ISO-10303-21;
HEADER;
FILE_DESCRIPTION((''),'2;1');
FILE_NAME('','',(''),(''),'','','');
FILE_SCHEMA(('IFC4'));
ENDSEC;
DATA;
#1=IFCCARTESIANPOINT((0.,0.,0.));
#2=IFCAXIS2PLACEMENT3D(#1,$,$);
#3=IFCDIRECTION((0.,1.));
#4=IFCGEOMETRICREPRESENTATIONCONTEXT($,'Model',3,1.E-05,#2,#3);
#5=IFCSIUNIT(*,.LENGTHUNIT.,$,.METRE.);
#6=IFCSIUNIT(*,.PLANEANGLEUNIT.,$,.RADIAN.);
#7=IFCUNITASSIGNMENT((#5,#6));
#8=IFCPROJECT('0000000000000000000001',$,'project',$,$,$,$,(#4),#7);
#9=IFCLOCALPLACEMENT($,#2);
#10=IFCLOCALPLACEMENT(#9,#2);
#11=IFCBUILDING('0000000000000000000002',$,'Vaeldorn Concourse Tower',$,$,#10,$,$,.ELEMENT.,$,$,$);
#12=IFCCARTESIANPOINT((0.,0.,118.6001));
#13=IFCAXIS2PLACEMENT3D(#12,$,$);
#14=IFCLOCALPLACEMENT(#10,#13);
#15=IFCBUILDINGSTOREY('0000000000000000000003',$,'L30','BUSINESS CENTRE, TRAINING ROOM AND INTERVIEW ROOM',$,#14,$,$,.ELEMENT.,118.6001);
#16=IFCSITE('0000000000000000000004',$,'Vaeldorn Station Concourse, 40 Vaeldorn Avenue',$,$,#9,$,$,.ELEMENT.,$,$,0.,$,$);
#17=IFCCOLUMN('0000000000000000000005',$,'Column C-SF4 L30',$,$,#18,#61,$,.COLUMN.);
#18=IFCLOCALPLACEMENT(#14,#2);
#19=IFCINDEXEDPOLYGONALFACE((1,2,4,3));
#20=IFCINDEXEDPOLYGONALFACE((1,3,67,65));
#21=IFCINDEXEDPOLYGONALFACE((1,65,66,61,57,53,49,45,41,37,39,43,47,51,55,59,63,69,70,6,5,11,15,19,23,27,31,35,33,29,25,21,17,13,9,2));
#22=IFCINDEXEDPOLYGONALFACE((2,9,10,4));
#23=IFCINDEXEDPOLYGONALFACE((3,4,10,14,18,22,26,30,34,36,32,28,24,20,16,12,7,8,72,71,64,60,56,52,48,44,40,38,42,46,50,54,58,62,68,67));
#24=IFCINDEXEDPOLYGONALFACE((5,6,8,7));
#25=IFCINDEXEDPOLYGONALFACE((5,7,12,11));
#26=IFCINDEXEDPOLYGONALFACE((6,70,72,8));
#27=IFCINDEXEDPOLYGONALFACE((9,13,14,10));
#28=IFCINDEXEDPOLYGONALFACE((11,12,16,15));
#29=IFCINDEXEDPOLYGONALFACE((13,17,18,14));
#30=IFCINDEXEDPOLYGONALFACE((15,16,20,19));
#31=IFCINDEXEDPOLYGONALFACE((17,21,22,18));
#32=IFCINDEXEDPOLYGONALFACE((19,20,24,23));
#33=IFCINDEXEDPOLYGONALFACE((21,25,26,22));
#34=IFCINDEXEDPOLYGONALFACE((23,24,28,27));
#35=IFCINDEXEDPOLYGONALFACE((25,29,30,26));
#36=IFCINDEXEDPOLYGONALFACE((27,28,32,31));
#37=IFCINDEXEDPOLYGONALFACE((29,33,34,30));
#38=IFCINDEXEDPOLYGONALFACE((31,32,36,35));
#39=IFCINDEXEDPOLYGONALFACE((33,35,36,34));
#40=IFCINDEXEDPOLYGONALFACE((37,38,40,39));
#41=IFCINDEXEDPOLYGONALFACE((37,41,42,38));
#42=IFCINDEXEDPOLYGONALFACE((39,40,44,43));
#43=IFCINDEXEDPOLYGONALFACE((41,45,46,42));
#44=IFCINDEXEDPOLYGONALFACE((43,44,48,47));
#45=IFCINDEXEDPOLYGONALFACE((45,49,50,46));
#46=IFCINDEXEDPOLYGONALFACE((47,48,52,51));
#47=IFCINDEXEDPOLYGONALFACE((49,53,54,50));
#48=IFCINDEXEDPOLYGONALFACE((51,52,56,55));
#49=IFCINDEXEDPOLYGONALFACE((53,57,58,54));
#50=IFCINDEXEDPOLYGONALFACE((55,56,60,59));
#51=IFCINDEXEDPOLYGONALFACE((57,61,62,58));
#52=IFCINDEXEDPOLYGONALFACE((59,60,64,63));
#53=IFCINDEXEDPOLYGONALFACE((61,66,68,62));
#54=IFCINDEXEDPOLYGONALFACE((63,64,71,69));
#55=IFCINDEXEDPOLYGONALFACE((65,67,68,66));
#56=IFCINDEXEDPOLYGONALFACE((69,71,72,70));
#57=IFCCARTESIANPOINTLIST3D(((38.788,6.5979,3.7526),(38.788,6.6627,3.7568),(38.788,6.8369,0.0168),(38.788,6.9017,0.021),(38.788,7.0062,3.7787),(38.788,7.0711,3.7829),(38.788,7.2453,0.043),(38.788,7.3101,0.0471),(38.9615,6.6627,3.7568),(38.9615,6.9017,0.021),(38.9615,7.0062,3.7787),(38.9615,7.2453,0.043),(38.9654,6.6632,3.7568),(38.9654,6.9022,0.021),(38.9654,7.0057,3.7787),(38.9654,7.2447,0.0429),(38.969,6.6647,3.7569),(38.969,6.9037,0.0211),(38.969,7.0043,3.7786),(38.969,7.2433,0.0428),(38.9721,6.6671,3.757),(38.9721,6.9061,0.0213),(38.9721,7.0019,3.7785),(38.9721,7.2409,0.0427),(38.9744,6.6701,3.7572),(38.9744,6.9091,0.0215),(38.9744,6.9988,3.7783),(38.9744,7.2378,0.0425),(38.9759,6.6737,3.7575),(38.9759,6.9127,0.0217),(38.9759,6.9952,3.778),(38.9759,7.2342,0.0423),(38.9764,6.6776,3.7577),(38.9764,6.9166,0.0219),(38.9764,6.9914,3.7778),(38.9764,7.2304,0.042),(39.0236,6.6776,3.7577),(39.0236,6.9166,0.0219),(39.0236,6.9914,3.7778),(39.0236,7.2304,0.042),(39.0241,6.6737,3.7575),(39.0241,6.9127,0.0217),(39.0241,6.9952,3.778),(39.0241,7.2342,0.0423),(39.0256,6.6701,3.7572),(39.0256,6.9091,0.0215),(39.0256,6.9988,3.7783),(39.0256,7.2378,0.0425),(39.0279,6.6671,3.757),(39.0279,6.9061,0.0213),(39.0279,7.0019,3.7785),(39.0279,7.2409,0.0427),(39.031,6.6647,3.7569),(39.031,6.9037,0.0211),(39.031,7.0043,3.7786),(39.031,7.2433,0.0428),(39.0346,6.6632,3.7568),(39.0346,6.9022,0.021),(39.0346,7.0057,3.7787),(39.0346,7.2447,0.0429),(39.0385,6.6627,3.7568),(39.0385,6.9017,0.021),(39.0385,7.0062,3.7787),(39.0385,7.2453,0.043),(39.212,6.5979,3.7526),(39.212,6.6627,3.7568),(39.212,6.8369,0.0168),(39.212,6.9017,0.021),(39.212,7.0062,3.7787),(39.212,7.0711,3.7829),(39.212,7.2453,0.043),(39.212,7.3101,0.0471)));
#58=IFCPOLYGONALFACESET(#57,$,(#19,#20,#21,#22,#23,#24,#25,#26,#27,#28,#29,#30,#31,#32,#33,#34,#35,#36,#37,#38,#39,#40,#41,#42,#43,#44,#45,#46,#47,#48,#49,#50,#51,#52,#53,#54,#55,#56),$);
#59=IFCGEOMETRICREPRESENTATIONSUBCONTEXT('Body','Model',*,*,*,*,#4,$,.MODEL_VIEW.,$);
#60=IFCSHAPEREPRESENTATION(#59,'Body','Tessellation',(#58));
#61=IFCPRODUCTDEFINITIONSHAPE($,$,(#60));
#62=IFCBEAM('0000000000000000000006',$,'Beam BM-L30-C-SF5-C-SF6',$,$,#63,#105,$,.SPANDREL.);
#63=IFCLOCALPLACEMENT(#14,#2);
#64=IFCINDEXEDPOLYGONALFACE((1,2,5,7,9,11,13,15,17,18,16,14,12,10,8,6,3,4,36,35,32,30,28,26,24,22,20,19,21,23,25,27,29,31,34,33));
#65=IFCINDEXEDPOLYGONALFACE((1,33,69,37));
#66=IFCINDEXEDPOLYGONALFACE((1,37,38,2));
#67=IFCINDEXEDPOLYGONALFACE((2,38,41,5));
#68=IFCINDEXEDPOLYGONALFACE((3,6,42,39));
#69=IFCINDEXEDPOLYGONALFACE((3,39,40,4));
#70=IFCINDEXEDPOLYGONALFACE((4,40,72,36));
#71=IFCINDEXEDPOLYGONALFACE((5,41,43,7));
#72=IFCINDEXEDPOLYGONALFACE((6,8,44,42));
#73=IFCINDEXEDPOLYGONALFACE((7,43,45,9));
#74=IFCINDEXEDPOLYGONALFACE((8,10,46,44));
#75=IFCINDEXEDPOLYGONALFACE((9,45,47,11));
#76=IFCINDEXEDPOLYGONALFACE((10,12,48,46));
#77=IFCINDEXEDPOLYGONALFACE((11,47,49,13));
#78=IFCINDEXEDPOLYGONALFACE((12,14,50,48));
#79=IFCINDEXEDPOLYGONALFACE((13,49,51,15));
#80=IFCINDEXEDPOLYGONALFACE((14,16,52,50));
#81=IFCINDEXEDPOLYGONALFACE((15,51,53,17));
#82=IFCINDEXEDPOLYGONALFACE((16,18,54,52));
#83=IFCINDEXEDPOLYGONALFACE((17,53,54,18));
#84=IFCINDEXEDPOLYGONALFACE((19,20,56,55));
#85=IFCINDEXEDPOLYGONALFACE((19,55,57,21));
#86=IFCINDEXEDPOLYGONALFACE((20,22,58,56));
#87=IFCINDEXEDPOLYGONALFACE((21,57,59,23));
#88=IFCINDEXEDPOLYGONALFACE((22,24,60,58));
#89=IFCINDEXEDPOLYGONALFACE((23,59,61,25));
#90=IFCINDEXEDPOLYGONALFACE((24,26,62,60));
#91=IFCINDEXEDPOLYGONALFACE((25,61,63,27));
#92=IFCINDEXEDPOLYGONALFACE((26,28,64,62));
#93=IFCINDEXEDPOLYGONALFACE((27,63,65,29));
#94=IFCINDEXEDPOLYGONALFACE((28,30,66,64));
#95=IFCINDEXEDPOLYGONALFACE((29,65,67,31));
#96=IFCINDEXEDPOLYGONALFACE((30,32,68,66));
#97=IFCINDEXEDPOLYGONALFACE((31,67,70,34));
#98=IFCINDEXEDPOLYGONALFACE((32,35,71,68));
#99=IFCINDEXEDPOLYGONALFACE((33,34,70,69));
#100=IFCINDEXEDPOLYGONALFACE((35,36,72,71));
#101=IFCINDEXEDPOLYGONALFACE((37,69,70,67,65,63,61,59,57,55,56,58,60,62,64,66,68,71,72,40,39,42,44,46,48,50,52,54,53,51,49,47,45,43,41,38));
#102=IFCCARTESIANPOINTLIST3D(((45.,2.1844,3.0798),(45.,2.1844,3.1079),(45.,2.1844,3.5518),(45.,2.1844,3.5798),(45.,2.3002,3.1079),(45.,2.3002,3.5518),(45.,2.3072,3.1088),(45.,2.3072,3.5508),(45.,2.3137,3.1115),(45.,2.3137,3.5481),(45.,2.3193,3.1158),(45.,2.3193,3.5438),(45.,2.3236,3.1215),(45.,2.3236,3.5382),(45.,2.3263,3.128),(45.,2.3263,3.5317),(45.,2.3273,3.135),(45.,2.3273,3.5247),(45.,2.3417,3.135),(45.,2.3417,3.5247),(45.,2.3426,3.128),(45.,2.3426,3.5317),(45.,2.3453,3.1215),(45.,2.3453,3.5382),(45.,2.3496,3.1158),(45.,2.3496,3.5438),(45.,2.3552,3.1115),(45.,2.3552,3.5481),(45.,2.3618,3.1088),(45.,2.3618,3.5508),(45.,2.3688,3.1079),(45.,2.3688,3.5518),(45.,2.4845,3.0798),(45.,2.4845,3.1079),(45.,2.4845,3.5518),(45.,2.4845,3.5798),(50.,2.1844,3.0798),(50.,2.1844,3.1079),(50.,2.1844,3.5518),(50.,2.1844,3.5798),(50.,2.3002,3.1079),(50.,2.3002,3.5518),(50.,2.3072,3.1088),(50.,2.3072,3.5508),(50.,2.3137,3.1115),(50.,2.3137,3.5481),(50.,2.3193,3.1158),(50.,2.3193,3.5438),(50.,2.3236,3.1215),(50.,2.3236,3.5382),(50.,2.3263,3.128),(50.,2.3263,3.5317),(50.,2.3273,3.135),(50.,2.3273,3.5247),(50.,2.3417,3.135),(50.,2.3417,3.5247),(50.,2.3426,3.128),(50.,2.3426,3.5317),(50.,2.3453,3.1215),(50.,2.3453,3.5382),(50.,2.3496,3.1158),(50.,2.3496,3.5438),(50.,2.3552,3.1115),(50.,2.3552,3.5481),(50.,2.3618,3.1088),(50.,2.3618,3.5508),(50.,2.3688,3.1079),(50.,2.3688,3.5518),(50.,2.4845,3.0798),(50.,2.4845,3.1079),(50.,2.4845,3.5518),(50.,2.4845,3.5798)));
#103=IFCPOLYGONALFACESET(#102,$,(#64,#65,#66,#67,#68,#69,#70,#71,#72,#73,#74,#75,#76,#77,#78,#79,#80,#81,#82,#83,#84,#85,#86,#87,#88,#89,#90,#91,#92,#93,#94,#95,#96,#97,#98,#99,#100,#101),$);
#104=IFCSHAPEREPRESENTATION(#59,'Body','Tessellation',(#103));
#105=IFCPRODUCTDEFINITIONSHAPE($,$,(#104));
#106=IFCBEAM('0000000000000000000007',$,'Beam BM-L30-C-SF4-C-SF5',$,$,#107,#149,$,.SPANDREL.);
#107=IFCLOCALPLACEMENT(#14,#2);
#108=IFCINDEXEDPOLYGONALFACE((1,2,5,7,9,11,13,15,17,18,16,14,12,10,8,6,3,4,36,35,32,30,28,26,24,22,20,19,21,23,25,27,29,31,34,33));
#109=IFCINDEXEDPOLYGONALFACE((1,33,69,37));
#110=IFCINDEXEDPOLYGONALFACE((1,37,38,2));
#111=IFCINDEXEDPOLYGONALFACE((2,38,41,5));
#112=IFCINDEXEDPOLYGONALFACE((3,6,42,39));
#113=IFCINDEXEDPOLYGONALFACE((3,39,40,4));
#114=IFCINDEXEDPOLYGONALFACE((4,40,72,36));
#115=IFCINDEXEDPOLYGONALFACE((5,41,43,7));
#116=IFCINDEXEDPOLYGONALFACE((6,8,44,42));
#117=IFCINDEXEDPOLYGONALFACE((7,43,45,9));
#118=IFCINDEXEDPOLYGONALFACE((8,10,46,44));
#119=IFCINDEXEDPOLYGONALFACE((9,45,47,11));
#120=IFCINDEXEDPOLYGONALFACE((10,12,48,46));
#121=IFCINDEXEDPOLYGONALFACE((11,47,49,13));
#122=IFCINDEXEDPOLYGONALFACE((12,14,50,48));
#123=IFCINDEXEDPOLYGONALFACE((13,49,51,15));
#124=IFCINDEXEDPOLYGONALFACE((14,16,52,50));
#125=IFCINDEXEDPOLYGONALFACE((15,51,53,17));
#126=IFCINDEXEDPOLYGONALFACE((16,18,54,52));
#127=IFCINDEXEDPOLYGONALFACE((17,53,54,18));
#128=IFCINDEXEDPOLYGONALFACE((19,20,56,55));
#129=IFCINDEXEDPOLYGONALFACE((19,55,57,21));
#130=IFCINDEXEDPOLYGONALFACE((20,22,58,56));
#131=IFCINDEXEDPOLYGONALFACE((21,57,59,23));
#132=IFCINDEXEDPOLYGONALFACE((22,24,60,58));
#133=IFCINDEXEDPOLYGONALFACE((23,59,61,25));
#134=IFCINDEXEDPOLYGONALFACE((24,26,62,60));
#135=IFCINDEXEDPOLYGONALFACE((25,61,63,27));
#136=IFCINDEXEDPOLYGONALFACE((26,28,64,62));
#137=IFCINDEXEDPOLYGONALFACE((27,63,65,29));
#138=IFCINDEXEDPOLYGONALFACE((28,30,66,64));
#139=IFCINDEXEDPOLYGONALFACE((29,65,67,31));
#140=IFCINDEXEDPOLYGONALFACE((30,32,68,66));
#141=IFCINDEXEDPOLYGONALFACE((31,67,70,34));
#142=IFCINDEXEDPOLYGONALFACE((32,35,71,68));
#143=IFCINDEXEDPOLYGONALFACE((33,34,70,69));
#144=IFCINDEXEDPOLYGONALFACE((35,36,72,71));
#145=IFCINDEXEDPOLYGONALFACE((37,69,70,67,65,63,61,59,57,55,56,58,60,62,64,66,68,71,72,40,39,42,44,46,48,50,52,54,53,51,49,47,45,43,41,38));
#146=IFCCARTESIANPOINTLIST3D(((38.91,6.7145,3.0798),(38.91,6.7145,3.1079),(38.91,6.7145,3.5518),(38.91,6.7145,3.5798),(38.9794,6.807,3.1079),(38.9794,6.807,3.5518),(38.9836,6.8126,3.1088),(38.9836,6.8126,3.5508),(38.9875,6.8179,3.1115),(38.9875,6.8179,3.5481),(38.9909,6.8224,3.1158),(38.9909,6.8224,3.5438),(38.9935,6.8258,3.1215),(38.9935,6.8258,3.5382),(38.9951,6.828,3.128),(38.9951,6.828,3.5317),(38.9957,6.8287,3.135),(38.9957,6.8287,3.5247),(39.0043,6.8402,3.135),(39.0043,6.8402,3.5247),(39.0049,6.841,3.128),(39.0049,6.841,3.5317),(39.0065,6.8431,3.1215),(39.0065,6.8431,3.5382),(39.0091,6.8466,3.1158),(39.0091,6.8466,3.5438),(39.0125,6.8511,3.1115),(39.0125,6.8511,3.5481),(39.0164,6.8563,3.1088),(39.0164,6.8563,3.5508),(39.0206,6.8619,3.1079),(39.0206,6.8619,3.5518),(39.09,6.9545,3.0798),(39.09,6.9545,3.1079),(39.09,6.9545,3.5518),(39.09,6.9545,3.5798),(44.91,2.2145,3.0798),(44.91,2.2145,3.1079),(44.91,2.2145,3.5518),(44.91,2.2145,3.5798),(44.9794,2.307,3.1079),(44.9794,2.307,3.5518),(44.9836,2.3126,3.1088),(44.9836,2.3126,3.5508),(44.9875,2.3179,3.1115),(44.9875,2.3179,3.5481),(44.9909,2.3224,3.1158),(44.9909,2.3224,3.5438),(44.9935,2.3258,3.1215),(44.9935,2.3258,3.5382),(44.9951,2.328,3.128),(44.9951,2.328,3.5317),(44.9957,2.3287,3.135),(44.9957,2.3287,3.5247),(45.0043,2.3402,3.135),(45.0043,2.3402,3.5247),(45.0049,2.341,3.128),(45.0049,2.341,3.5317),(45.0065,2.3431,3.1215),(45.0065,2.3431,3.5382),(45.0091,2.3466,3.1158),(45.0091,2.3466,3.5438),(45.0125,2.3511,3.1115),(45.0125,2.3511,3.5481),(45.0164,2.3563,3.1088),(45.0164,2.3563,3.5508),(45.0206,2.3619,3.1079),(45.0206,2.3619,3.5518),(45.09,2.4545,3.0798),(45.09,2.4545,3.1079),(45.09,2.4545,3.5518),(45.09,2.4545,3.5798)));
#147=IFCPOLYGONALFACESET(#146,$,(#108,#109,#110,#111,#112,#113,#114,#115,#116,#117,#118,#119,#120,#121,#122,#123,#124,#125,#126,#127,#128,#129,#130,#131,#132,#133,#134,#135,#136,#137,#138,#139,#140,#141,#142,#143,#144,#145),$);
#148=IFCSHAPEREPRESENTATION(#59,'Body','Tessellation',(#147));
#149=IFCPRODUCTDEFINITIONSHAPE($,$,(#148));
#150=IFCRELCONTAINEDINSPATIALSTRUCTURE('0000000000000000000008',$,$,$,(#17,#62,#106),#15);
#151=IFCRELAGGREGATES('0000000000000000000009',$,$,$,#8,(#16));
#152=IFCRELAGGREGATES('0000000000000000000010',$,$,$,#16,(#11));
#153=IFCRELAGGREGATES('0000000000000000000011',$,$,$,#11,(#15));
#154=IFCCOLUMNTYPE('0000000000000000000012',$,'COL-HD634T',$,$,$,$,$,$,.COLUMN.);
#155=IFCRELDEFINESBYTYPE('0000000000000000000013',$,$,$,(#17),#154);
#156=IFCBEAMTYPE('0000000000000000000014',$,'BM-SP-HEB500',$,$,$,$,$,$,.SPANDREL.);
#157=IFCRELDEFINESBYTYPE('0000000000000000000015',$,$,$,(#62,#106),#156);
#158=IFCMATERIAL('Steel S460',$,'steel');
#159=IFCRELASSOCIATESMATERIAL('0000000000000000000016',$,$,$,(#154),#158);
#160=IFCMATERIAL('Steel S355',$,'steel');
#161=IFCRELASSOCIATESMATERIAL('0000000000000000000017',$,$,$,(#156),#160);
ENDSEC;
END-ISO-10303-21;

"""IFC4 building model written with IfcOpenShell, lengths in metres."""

from ifc_helpers import new_model, si_unit, direction, frame, origin, origin_2d, place, context, subcontext, project, spatial, i_section, extrude, source, transform, mapped, material, material_profile, profile_set, type_object, element, save


model = new_model("IFC4")

# Units and contexts
model_context = context("Model", 3, precision=1e-05, world=origin(), true_north=direction((0.0, 1.0)))
body_context = subcontext(model_context, "Body", "Model", "MODEL_VIEW")
ifc_project = project(units=[si_unit("LENGTHUNIT", "METRE"), si_unit("PLANEANGLEUNIT", "RADIAN")], contexts=[model_context])

# Site, building, storey
site_placement = place(None, origin())
site = spatial("IfcSite", under=ifc_project, at=site_placement, Name="Vaeldorn Station Concourse, 40 Vaeldorn Avenue", CompositionType="ELEMENT", RefElevation=0.0)
building_placement = place(site_placement, origin())
building = spatial("IfcBuilding", under=site, at=building_placement, Name="Vaeldorn Concourse Tower", CompositionType="ELEMENT")
storey_placement = place(building_placement, frame((0.0, 0.0, 118.6001)))
storey = spatial("IfcBuildingStorey", under=building, at=storey_placement, Name="L30", Description="BUSINESS CENTRE, TRAINING ROOM AND INTERVIEW ROOM", CompositionType="ELEMENT", Elevation=118.6001)

# Column
ifc_material_1 = material(Name="Steel S460", Category="steel")
ifc_material_profile_1 = material_profile(ifc_material_1, i_section(OverallWidth=0.4241, OverallDepth=0.4741, WebThickness=0.0471, FlangeThickness=0.0649, FilletRadius=0.0149, at=origin_2d()), Name="HD 400x634")
ifc_profile_set_1 = profile_set([ifc_material_profile_1], Name="Steel S460")
column_type = type_object("IfcColumnType", Name="COL-HD634T", PredefinedType="COLUMN", material=ifc_profile_set_1)
shared_shape_1 = source(origin(), body_context, "Body", "SweptSolid", [
    extrude(i_section(OverallWidth=0.4241, OverallDepth=0.4741, WebThickness=0.0471, FlangeThickness=0.0649, FilletRadius=0.0149, at=origin_2d()), origin(), (0.0, 0.0, 1.0), 3.7434),
])
column_placement = place(storey_placement, frame((39.0, 7.0735, 0.032), z_axis=(0.0, -0.063848, 0.99796), x_axis=(1.0, 0.0, 0.0)))
element("IfcColumn", 1, at=column_placement, inside=storey, type_object=column_type, Name="Column C-SF4 L30", PredefinedType="COLUMN", context=body_context, shape_type="MappedRepresentation", body=[
    mapped(shared_shape_1, transform((0.0, 0.0, 0.0), scale=1.0)),
])

# Beams
ifc_material_2 = material(Name="Steel S355", Category="steel")
ifc_material_profile_2 = material_profile(ifc_material_2, i_section(OverallWidth=0.3, OverallDepth=0.5, WebThickness=0.0144, FlangeThickness=0.0281, FilletRadius=0.0271, at=origin_2d()), Name="HEB 500")
ifc_profile_set_2 = profile_set([ifc_material_profile_2], Name="Steel S355")
beam_type_1 = type_object("IfcBeamType", Name="BM-SP-HEB500", PredefinedType="SPANDREL", material=ifc_profile_set_2)
shared_shape_2 = source(origin(), body_context, "Body", "SweptSolid", [
    extrude(i_section(OverallWidth=0.3, OverallDepth=0.5, WebThickness=0.0144, FlangeThickness=0.0281, FilletRadius=0.0271, at=origin_2d()), origin(), (0.0, 0.0, 1.0), 5.0),
])
beam_1_placement = place(storey_placement, frame((45.0, 2.3345, 3.3298), z_axis=(1.0, 0.0, 0.0), x_axis=(0.0, 1.0, 0.0)))
element("IfcBeam", 2, at=beam_1_placement, inside=storey, type_object=beam_type_1, Name="Beam BM-L30-C-SF5-C-SF6", PredefinedType="SPANDREL", context=body_context, shape_type="MappedRepresentation", body=[
    mapped(shared_shape_2, transform((0.0, 0.0, 0.0), scale=1.0)),
])
shared_shape_3 = source(origin(), body_context, "Body", "SweptSolid", [
    extrude(i_section(OverallWidth=0.3, OverallDepth=0.5, WebThickness=0.0144, FlangeThickness=0.0281, FilletRadius=0.0271, at=origin_2d()), origin(), (0.0, 0.0, 1.0), 7.5),
])
beam_2_placement = place(storey_placement, frame((39.0, 6.8345, 3.3298), z_axis=(0.8, -0.6, 0.0), x_axis=(0.6, 0.8, 0.0)))
element("IfcBeam", 3, at=beam_2_placement, inside=storey, type_object=beam_type_1, Name="Beam BM-L30-C-SF4-C-SF5", PredefinedType="SPANDREL", context=body_context, shape_type="MappedRepresentation", body=[
    mapped(shared_shape_3, transform((0.0, 0.0, 0.0), scale=1.0)),
])

save(model, "model.ifc")
